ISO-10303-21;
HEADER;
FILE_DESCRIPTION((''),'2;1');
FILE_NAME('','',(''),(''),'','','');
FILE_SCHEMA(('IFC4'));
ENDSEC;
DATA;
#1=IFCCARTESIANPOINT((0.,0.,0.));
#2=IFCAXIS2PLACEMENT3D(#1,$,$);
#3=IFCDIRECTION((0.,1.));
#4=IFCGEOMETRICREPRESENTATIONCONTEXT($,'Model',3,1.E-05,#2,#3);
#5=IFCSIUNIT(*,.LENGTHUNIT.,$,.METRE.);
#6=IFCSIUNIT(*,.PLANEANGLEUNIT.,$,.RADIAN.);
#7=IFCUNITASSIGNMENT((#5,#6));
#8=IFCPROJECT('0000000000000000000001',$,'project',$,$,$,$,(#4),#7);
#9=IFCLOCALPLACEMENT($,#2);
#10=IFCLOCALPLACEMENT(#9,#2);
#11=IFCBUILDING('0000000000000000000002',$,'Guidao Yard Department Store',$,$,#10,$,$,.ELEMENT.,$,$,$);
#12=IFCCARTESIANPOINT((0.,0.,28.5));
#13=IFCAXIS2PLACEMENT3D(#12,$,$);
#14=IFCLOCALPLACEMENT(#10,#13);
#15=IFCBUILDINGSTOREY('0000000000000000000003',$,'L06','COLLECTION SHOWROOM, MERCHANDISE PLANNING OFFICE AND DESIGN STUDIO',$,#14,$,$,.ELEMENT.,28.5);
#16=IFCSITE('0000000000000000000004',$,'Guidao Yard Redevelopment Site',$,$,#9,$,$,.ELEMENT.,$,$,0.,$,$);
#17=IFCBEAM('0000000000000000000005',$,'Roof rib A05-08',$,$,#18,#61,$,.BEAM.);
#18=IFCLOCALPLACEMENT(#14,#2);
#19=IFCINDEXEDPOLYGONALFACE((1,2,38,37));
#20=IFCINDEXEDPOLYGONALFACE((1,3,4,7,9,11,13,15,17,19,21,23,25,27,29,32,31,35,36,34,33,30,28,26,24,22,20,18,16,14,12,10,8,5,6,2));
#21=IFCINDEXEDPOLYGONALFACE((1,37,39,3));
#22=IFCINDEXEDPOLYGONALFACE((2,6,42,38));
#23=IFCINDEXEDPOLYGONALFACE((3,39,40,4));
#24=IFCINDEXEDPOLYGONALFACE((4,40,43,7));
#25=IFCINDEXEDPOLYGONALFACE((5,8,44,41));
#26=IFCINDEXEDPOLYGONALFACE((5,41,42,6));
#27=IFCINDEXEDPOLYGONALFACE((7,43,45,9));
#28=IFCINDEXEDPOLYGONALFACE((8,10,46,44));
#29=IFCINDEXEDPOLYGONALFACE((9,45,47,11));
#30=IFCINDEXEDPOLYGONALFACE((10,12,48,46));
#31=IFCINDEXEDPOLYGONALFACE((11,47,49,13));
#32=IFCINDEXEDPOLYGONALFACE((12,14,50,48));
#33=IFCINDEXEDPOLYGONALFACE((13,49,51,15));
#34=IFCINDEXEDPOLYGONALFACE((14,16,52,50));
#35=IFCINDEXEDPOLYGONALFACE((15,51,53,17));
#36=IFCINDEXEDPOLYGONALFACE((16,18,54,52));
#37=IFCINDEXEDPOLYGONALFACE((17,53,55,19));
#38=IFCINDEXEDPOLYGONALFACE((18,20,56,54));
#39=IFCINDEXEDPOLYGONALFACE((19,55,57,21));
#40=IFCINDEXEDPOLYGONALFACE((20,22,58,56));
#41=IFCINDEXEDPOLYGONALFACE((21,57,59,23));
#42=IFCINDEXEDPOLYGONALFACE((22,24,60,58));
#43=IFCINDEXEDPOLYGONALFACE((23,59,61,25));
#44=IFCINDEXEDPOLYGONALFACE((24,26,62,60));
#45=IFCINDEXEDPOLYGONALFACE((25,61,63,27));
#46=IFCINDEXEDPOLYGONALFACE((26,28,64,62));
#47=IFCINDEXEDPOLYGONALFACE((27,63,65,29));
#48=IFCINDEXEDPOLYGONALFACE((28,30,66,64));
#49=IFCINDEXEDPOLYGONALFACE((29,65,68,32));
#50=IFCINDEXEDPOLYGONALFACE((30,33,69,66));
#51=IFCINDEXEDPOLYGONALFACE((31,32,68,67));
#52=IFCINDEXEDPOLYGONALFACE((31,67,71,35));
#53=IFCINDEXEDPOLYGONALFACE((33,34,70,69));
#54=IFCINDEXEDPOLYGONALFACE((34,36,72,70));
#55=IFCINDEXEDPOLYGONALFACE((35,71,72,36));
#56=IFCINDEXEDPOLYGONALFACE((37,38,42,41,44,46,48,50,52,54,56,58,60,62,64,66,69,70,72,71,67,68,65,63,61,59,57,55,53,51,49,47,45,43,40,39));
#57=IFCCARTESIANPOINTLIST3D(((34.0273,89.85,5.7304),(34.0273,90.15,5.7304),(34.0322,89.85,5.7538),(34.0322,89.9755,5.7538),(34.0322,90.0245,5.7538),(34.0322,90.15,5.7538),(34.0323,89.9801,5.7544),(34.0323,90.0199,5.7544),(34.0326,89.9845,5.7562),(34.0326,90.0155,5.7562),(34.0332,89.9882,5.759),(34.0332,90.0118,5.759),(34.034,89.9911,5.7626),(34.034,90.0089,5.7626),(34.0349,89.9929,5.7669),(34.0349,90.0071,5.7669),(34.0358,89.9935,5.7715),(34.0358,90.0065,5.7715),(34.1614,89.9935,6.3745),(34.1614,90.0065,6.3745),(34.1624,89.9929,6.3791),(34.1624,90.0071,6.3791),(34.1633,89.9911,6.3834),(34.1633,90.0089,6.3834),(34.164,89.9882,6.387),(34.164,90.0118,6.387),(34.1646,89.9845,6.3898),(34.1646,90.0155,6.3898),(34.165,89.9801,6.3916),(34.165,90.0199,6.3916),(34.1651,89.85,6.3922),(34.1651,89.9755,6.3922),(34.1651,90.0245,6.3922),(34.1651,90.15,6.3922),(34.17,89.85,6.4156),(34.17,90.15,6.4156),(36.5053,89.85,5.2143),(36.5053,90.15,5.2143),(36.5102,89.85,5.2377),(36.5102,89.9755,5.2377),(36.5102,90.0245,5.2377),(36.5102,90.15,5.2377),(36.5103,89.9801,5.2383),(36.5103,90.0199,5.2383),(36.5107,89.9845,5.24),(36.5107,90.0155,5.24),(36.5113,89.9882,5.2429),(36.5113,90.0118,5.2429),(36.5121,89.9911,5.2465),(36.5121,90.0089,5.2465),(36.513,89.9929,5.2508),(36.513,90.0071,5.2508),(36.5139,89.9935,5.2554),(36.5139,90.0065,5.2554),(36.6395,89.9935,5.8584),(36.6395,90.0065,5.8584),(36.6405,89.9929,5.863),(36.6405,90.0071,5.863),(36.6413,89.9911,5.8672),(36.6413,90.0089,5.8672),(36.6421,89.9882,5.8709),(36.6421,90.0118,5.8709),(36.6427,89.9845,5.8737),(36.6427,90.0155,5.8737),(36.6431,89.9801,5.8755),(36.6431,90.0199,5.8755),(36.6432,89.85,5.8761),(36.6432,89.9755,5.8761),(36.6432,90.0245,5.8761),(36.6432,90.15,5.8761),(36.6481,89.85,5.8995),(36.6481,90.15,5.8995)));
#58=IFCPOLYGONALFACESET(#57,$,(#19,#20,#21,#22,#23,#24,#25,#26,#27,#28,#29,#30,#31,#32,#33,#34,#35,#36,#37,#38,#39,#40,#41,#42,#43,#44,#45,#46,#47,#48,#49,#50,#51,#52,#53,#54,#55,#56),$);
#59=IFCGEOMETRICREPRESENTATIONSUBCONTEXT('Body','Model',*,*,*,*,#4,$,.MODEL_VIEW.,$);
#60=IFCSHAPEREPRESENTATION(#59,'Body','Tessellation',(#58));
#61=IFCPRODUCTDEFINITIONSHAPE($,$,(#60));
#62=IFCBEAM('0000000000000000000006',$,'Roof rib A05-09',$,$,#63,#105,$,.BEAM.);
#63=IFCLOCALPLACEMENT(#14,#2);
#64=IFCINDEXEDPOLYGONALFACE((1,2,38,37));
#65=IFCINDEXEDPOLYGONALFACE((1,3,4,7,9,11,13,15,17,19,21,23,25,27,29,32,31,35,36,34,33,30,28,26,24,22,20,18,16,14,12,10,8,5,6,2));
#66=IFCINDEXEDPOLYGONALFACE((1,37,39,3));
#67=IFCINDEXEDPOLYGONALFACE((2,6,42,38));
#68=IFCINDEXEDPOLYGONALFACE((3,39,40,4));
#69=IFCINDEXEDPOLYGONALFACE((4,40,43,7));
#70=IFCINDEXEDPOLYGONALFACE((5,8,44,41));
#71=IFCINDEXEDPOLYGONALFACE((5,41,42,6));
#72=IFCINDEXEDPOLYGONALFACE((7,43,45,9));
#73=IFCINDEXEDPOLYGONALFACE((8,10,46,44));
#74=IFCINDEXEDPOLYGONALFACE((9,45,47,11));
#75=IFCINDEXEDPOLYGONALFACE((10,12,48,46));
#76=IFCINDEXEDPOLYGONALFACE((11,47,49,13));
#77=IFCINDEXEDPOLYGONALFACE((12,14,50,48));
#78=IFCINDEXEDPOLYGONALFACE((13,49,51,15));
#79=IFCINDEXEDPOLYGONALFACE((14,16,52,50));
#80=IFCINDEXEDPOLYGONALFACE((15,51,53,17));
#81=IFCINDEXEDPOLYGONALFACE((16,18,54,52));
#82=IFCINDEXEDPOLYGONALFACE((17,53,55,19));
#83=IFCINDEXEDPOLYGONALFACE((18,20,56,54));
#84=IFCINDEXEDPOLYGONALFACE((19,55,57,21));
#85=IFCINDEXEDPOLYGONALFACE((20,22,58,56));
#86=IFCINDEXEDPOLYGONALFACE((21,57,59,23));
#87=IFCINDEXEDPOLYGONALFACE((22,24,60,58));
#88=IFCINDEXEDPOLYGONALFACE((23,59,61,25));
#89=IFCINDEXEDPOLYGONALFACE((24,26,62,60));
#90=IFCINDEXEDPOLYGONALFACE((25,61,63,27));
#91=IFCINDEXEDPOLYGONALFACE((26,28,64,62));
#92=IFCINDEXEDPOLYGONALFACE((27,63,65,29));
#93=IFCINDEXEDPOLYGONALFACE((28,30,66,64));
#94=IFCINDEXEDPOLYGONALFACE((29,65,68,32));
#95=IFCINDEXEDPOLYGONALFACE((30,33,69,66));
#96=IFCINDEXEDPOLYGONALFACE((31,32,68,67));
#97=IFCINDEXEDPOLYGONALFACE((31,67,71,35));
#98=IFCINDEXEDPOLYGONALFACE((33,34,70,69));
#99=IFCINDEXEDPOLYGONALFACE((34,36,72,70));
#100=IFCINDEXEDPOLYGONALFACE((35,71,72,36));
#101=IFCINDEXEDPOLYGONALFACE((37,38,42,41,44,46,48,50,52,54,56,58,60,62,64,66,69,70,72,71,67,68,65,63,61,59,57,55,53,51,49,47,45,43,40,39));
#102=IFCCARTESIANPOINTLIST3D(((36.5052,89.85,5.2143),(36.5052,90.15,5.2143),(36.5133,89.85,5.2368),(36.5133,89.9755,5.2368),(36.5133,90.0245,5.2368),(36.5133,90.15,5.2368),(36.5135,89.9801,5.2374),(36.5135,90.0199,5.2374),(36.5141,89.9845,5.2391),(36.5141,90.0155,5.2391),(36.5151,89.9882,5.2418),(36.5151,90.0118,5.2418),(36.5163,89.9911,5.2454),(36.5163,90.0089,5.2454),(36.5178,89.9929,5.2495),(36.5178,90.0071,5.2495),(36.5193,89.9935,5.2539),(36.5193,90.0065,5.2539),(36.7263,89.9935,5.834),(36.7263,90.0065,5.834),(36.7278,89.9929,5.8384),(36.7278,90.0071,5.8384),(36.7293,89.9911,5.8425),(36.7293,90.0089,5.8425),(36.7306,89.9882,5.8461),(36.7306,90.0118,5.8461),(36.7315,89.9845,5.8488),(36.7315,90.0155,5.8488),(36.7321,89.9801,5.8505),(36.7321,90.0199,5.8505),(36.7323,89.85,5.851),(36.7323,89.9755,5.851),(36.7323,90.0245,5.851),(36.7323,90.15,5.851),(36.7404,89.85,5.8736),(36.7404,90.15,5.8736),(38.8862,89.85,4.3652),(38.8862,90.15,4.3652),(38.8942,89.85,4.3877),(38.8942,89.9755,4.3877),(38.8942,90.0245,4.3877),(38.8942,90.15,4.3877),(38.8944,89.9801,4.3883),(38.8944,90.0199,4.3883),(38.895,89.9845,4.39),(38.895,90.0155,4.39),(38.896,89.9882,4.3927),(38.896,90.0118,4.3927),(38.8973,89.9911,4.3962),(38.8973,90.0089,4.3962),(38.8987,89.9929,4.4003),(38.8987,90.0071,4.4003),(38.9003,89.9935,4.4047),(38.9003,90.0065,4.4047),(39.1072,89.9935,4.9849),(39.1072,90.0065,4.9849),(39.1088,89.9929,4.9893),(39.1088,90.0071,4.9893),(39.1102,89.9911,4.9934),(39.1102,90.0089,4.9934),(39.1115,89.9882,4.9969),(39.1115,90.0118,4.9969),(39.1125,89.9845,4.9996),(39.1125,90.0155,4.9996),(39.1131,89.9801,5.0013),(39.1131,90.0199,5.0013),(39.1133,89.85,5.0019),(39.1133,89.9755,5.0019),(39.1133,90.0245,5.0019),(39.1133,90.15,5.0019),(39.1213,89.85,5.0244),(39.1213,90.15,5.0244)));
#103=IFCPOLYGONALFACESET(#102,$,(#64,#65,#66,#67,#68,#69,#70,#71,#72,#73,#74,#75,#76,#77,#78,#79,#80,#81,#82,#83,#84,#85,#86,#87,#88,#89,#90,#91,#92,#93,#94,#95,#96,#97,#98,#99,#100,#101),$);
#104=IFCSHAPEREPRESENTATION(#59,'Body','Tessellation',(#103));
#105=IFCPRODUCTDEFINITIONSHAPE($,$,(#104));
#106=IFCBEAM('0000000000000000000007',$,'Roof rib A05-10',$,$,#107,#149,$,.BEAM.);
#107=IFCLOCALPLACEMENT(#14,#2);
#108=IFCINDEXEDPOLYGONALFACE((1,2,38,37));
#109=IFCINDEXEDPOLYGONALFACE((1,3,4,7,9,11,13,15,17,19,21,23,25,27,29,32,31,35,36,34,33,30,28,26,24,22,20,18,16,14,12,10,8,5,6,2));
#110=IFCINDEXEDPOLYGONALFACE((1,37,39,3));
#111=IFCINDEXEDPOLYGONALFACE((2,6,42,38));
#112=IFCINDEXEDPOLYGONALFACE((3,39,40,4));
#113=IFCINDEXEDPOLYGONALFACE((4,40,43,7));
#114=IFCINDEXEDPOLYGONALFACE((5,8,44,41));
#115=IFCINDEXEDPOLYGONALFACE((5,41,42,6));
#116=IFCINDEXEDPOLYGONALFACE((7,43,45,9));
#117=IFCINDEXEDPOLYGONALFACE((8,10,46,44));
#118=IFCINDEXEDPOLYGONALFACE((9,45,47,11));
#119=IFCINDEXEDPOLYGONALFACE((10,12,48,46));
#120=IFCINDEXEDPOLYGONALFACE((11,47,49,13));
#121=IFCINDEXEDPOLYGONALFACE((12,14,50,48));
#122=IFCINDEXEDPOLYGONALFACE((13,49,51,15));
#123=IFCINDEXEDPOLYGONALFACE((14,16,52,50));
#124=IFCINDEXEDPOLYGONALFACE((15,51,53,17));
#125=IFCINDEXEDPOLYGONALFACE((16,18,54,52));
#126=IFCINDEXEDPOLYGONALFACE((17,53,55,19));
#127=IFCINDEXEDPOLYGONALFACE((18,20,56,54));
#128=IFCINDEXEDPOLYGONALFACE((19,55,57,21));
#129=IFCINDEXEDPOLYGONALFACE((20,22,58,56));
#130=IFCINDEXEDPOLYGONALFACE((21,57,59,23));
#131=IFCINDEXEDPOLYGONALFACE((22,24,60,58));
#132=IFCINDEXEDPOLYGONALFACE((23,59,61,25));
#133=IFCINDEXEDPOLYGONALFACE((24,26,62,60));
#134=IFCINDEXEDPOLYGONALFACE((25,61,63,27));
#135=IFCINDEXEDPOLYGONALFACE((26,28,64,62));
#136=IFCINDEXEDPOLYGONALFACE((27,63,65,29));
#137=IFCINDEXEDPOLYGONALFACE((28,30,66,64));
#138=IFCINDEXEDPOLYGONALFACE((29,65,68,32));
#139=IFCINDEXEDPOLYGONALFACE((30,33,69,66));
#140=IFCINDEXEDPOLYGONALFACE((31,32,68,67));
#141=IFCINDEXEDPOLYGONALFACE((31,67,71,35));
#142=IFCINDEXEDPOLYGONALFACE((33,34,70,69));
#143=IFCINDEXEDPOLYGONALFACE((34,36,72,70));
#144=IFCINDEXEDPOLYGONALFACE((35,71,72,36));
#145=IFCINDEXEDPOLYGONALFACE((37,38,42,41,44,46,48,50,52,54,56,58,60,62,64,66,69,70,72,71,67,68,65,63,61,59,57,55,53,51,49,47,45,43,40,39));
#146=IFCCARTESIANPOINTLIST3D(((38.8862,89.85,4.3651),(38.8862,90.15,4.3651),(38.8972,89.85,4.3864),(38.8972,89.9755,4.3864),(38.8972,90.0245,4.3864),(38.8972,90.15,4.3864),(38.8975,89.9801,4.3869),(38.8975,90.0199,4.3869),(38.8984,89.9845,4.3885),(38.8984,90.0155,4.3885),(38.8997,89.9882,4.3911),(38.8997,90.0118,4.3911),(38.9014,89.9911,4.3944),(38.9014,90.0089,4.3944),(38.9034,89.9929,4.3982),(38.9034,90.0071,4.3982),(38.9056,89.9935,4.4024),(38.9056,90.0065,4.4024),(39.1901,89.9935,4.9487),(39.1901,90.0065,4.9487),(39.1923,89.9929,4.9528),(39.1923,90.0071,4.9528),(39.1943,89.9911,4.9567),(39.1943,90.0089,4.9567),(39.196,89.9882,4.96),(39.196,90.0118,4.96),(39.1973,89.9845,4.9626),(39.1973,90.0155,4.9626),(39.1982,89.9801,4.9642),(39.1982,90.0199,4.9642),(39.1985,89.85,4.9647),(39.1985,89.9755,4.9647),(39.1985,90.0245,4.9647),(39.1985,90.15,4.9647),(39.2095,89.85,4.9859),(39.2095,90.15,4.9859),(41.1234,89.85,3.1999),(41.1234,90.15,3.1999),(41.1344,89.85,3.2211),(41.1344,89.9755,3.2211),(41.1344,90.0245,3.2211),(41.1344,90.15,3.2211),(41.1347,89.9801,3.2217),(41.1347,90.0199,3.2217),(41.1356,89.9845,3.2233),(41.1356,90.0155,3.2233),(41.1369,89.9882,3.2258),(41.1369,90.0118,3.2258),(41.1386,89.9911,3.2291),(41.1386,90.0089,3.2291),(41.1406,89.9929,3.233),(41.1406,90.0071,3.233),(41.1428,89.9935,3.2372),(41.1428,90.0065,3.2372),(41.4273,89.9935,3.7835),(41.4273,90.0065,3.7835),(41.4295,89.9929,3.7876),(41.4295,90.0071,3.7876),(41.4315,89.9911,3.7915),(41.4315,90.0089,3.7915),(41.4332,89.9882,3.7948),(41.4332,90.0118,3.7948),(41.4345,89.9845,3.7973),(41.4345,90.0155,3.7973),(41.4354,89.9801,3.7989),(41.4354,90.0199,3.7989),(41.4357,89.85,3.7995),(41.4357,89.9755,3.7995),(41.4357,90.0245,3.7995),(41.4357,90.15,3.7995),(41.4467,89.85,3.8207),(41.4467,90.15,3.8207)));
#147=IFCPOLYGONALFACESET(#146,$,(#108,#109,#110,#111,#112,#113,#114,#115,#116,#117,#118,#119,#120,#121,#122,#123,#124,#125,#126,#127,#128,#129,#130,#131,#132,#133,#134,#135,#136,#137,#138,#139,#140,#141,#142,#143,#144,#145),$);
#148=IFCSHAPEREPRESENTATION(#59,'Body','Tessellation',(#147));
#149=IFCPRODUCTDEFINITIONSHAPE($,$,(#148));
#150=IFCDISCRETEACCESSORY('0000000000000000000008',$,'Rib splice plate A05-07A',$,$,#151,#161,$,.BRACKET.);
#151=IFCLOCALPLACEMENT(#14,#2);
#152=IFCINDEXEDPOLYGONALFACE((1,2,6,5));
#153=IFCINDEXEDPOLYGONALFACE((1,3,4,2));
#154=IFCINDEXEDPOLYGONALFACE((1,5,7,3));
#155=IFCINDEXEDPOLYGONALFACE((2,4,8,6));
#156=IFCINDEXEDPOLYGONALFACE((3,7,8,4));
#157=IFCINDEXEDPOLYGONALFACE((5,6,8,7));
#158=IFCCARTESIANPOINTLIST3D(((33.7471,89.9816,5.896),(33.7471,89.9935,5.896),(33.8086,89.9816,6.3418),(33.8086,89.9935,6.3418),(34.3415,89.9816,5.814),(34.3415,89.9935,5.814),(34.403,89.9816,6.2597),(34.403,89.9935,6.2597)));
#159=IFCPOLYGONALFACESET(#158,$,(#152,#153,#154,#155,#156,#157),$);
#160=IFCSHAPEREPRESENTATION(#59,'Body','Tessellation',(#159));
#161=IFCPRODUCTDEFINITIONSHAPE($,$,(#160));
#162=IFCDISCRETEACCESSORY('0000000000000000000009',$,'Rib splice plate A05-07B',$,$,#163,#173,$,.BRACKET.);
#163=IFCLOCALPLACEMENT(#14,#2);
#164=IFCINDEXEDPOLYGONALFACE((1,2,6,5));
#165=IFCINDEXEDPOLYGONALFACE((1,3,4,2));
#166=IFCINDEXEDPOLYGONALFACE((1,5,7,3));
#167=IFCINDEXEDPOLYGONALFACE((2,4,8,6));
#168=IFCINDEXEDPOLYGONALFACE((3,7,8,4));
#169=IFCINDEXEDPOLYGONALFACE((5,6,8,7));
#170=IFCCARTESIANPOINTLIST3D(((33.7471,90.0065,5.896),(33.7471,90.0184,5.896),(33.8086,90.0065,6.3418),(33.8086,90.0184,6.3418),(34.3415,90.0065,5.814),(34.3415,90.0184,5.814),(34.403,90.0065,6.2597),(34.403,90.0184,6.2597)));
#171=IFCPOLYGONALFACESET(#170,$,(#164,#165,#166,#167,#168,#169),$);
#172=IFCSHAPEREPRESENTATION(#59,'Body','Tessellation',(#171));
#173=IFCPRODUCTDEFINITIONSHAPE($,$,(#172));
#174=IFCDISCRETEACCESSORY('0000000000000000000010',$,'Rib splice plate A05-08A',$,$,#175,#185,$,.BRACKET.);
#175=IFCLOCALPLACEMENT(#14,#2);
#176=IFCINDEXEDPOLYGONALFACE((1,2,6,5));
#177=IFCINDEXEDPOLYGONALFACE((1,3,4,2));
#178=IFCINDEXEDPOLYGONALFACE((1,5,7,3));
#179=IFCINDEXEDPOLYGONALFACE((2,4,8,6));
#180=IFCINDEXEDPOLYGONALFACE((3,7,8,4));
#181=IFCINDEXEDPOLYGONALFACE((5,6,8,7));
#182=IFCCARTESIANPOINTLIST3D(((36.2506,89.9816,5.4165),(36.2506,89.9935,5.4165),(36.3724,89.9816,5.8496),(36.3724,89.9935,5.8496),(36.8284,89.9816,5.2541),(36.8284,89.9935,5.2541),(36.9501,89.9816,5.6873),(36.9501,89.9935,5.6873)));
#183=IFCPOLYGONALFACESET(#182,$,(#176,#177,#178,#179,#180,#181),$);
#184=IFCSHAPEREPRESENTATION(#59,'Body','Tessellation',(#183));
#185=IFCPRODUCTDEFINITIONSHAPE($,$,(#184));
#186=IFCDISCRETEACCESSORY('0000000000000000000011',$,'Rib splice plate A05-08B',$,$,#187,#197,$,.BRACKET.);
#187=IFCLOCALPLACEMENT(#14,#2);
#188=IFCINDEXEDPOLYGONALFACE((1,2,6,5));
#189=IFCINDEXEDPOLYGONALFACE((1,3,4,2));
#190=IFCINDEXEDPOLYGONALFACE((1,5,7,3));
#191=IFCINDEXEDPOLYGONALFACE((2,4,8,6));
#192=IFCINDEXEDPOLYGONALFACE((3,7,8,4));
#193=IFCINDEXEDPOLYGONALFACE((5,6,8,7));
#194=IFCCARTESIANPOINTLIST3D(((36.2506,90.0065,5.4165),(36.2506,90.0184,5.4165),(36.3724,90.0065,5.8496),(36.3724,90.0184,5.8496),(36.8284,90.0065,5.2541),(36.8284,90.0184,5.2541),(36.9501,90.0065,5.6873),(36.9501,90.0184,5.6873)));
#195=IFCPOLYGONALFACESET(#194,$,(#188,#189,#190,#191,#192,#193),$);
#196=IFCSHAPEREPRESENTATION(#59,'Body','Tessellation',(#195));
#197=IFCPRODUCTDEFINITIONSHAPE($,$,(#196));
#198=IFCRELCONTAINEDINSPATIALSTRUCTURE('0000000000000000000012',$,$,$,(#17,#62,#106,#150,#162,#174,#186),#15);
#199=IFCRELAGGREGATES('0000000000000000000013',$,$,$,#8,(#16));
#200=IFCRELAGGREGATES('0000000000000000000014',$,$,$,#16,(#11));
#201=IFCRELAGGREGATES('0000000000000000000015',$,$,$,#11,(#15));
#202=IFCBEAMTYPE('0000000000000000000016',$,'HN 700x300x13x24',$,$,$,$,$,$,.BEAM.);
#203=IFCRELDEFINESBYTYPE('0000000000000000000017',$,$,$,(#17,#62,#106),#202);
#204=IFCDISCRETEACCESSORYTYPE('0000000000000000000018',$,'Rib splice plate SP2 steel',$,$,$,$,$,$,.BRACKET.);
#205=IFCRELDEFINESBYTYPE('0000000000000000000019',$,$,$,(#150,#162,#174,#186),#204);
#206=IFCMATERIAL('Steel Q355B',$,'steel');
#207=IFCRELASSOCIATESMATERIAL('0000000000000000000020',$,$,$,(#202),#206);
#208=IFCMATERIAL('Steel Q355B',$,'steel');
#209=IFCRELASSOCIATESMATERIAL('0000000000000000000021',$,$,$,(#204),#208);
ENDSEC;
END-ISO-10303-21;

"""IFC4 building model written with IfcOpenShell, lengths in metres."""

from ifc_helpers import new_model, si_unit, direction, frame, origin, origin_2d, place, context, subcontext, project, spatial, rectangle, i_section, extrude, material, material_profile, profile_set, type_object, element, save


model = new_model("IFC4")

# Units and contexts
model_context = context("Model", 3, precision=1e-05, world=origin(), true_north=direction((0.0, 1.0)))
body_context = subcontext(model_context, "Body", "Model", "MODEL_VIEW")
ifc_project = project(units=[si_unit("LENGTHUNIT", "METRE"), si_unit("PLANEANGLEUNIT", "RADIAN")], contexts=[model_context])

# Site, building, storey
site_placement = place(None, origin())
site = spatial("IfcSite", under=ifc_project, at=site_placement, Name="Guidao Yard Redevelopment Site", CompositionType="ELEMENT", RefElevation=0.0)
building_placement = place(site_placement, origin())
building = spatial("IfcBuilding", under=site, at=building_placement, Name="Guidao Yard Department Store", CompositionType="ELEMENT")
storey_placement = place(building_placement, frame((0.0, 0.0, 28.5)))
storey = spatial("IfcBuildingStorey", under=building, at=storey_placement, Name="L06", Description="COLLECTION SHOWROOM, MERCHANDISE PLANNING OFFICE AND DESIGN STUDIO", CompositionType="ELEMENT", Elevation=28.5)

# Beams
ifc_material_1 = material(Name="Steel Q355B", Category="steel")
ifc_material_profile_1 = material_profile(ifc_material_1, i_section(OverallWidth=0.3, OverallDepth=0.7, WebThickness=0.0129, FlangeThickness=0.0239, FilletRadius=0.0181, at=origin_2d()), Name="HN 700x300x13x24")
ifc_profile_set_1 = profile_set([ifc_material_profile_1], Name="Steel Q355B")
beam_type = type_object("IfcBeamType", Name="HN 700x300x13x24", PredefinedType="BEAM", material=ifc_profile_set_1)
beam_1_placement = place(storey_placement, frame((34.0986, 90.0, 6.073), z_axis=(0.978992, 0.0, -0.2039), x_axis=(0.0, 1.0, 0.0)))
element("IfcBeam", 1, at=beam_1_placement, inside=storey, type_object=beam_type, Name="Roof rib A05-08", PredefinedType="BEAM", context=body_context, shape_type="SweptSolid", body=[
    extrude(i_section(OverallWidth=0.3, OverallDepth=0.7, WebThickness=0.0129, FlangeThickness=0.0239, FilletRadius=0.0181, at=origin_2d()), origin(), (0.0, 0.0, 1.0), 2.5312),
])
beam_2_placement = place(storey_placement, frame((36.6228, 90.0, 5.5439), z_axis=(0.94189, 0.0, -0.33592), x_axis=(0.0, 1.0, 0.0)))
element("IfcBeam", 2, at=beam_2_placement, inside=storey, type_object=beam_type, Name="Roof rib A05-09", PredefinedType="BEAM", context=body_context, shape_type="SweptSolid", body=[
    extrude(i_section(OverallWidth=0.3, OverallDepth=0.7, WebThickness=0.0129, FlangeThickness=0.0239, FilletRadius=0.0181, at=origin_2d()), origin(), (0.0, 0.0, 1.0), 2.5278),
])
beam_3_placement = place(storey_placement, frame((39.0479, 90.0, 4.6755), z_axis=(0.886911, 0.0, -0.461941), x_axis=(0.0, 1.0, 0.0)))
element("IfcBeam", 3, at=beam_3_placement, inside=storey, type_object=beam_type, Name="Roof rib A05-10", PredefinedType="BEAM", context=body_context, shape_type="SweptSolid", body=[
    extrude(i_section(OverallWidth=0.3, OverallDepth=0.7, WebThickness=0.0129, FlangeThickness=0.0239, FilletRadius=0.0181, at=origin_2d()), origin(), (0.0, 0.0, 1.0), 2.5225),
])

# Discrete accessories
ifc_material_2 = material(Name="Steel Q355B", Category="steel")
ifc_material_profile_2 = material_profile(ifc_material_2, rectangle(XDim=0.012, YDim=0.45, at=origin_2d()), Name="Splice plate 450x12")
ifc_profile_set_2 = profile_set([ifc_material_profile_2], Name="Steel Q355B")
discrete_accessory_type_1 = type_object("IfcDiscreteAccessoryType", Name="Rib splice plate SP2 steel", PredefinedType="BRACKET", material=ifc_profile_set_2)
for number, where, z_axis, x_axis, name in (
    (4, (33.7778, 89.9875, 6.1189), (0.990614, 0.0, -0.136692), (0.0, 1.0, 0.0), "Rib splice plate A05-07A"),
    (5, (33.7778, 90.0125, 6.1189), (0.990614, 0.0, -0.136692), (0.0, 1.0, 0.0), "Rib splice plate A05-07B"),
    (6, (36.3115, 89.9875, 5.6331), (0.962697, 0.0, -0.270581), (0.0, 1.0, 0.0), "Rib splice plate A05-08A"),
    (7, (36.3115, 90.0125, 5.6331), (0.962697, 0.0, -0.270581), (0.0, 1.0, 0.0), "Rib splice plate A05-08B"),
):
    element("IfcDiscreteAccessory", number, at=place(storey_placement, frame(where, z_axis=z_axis, x_axis=x_axis)), inside=storey, type_object=discrete_accessory_type_1, Name=name, PredefinedType="BRACKET", context=body_context, shape_type="SweptSolid", body=[
        extrude(rectangle(XDim=0.012, YDim=0.45, at=origin_2d()), origin(), (0.0, 0.0, 1.0), 0.6001),
    ])

save(model, "model.ifc")
